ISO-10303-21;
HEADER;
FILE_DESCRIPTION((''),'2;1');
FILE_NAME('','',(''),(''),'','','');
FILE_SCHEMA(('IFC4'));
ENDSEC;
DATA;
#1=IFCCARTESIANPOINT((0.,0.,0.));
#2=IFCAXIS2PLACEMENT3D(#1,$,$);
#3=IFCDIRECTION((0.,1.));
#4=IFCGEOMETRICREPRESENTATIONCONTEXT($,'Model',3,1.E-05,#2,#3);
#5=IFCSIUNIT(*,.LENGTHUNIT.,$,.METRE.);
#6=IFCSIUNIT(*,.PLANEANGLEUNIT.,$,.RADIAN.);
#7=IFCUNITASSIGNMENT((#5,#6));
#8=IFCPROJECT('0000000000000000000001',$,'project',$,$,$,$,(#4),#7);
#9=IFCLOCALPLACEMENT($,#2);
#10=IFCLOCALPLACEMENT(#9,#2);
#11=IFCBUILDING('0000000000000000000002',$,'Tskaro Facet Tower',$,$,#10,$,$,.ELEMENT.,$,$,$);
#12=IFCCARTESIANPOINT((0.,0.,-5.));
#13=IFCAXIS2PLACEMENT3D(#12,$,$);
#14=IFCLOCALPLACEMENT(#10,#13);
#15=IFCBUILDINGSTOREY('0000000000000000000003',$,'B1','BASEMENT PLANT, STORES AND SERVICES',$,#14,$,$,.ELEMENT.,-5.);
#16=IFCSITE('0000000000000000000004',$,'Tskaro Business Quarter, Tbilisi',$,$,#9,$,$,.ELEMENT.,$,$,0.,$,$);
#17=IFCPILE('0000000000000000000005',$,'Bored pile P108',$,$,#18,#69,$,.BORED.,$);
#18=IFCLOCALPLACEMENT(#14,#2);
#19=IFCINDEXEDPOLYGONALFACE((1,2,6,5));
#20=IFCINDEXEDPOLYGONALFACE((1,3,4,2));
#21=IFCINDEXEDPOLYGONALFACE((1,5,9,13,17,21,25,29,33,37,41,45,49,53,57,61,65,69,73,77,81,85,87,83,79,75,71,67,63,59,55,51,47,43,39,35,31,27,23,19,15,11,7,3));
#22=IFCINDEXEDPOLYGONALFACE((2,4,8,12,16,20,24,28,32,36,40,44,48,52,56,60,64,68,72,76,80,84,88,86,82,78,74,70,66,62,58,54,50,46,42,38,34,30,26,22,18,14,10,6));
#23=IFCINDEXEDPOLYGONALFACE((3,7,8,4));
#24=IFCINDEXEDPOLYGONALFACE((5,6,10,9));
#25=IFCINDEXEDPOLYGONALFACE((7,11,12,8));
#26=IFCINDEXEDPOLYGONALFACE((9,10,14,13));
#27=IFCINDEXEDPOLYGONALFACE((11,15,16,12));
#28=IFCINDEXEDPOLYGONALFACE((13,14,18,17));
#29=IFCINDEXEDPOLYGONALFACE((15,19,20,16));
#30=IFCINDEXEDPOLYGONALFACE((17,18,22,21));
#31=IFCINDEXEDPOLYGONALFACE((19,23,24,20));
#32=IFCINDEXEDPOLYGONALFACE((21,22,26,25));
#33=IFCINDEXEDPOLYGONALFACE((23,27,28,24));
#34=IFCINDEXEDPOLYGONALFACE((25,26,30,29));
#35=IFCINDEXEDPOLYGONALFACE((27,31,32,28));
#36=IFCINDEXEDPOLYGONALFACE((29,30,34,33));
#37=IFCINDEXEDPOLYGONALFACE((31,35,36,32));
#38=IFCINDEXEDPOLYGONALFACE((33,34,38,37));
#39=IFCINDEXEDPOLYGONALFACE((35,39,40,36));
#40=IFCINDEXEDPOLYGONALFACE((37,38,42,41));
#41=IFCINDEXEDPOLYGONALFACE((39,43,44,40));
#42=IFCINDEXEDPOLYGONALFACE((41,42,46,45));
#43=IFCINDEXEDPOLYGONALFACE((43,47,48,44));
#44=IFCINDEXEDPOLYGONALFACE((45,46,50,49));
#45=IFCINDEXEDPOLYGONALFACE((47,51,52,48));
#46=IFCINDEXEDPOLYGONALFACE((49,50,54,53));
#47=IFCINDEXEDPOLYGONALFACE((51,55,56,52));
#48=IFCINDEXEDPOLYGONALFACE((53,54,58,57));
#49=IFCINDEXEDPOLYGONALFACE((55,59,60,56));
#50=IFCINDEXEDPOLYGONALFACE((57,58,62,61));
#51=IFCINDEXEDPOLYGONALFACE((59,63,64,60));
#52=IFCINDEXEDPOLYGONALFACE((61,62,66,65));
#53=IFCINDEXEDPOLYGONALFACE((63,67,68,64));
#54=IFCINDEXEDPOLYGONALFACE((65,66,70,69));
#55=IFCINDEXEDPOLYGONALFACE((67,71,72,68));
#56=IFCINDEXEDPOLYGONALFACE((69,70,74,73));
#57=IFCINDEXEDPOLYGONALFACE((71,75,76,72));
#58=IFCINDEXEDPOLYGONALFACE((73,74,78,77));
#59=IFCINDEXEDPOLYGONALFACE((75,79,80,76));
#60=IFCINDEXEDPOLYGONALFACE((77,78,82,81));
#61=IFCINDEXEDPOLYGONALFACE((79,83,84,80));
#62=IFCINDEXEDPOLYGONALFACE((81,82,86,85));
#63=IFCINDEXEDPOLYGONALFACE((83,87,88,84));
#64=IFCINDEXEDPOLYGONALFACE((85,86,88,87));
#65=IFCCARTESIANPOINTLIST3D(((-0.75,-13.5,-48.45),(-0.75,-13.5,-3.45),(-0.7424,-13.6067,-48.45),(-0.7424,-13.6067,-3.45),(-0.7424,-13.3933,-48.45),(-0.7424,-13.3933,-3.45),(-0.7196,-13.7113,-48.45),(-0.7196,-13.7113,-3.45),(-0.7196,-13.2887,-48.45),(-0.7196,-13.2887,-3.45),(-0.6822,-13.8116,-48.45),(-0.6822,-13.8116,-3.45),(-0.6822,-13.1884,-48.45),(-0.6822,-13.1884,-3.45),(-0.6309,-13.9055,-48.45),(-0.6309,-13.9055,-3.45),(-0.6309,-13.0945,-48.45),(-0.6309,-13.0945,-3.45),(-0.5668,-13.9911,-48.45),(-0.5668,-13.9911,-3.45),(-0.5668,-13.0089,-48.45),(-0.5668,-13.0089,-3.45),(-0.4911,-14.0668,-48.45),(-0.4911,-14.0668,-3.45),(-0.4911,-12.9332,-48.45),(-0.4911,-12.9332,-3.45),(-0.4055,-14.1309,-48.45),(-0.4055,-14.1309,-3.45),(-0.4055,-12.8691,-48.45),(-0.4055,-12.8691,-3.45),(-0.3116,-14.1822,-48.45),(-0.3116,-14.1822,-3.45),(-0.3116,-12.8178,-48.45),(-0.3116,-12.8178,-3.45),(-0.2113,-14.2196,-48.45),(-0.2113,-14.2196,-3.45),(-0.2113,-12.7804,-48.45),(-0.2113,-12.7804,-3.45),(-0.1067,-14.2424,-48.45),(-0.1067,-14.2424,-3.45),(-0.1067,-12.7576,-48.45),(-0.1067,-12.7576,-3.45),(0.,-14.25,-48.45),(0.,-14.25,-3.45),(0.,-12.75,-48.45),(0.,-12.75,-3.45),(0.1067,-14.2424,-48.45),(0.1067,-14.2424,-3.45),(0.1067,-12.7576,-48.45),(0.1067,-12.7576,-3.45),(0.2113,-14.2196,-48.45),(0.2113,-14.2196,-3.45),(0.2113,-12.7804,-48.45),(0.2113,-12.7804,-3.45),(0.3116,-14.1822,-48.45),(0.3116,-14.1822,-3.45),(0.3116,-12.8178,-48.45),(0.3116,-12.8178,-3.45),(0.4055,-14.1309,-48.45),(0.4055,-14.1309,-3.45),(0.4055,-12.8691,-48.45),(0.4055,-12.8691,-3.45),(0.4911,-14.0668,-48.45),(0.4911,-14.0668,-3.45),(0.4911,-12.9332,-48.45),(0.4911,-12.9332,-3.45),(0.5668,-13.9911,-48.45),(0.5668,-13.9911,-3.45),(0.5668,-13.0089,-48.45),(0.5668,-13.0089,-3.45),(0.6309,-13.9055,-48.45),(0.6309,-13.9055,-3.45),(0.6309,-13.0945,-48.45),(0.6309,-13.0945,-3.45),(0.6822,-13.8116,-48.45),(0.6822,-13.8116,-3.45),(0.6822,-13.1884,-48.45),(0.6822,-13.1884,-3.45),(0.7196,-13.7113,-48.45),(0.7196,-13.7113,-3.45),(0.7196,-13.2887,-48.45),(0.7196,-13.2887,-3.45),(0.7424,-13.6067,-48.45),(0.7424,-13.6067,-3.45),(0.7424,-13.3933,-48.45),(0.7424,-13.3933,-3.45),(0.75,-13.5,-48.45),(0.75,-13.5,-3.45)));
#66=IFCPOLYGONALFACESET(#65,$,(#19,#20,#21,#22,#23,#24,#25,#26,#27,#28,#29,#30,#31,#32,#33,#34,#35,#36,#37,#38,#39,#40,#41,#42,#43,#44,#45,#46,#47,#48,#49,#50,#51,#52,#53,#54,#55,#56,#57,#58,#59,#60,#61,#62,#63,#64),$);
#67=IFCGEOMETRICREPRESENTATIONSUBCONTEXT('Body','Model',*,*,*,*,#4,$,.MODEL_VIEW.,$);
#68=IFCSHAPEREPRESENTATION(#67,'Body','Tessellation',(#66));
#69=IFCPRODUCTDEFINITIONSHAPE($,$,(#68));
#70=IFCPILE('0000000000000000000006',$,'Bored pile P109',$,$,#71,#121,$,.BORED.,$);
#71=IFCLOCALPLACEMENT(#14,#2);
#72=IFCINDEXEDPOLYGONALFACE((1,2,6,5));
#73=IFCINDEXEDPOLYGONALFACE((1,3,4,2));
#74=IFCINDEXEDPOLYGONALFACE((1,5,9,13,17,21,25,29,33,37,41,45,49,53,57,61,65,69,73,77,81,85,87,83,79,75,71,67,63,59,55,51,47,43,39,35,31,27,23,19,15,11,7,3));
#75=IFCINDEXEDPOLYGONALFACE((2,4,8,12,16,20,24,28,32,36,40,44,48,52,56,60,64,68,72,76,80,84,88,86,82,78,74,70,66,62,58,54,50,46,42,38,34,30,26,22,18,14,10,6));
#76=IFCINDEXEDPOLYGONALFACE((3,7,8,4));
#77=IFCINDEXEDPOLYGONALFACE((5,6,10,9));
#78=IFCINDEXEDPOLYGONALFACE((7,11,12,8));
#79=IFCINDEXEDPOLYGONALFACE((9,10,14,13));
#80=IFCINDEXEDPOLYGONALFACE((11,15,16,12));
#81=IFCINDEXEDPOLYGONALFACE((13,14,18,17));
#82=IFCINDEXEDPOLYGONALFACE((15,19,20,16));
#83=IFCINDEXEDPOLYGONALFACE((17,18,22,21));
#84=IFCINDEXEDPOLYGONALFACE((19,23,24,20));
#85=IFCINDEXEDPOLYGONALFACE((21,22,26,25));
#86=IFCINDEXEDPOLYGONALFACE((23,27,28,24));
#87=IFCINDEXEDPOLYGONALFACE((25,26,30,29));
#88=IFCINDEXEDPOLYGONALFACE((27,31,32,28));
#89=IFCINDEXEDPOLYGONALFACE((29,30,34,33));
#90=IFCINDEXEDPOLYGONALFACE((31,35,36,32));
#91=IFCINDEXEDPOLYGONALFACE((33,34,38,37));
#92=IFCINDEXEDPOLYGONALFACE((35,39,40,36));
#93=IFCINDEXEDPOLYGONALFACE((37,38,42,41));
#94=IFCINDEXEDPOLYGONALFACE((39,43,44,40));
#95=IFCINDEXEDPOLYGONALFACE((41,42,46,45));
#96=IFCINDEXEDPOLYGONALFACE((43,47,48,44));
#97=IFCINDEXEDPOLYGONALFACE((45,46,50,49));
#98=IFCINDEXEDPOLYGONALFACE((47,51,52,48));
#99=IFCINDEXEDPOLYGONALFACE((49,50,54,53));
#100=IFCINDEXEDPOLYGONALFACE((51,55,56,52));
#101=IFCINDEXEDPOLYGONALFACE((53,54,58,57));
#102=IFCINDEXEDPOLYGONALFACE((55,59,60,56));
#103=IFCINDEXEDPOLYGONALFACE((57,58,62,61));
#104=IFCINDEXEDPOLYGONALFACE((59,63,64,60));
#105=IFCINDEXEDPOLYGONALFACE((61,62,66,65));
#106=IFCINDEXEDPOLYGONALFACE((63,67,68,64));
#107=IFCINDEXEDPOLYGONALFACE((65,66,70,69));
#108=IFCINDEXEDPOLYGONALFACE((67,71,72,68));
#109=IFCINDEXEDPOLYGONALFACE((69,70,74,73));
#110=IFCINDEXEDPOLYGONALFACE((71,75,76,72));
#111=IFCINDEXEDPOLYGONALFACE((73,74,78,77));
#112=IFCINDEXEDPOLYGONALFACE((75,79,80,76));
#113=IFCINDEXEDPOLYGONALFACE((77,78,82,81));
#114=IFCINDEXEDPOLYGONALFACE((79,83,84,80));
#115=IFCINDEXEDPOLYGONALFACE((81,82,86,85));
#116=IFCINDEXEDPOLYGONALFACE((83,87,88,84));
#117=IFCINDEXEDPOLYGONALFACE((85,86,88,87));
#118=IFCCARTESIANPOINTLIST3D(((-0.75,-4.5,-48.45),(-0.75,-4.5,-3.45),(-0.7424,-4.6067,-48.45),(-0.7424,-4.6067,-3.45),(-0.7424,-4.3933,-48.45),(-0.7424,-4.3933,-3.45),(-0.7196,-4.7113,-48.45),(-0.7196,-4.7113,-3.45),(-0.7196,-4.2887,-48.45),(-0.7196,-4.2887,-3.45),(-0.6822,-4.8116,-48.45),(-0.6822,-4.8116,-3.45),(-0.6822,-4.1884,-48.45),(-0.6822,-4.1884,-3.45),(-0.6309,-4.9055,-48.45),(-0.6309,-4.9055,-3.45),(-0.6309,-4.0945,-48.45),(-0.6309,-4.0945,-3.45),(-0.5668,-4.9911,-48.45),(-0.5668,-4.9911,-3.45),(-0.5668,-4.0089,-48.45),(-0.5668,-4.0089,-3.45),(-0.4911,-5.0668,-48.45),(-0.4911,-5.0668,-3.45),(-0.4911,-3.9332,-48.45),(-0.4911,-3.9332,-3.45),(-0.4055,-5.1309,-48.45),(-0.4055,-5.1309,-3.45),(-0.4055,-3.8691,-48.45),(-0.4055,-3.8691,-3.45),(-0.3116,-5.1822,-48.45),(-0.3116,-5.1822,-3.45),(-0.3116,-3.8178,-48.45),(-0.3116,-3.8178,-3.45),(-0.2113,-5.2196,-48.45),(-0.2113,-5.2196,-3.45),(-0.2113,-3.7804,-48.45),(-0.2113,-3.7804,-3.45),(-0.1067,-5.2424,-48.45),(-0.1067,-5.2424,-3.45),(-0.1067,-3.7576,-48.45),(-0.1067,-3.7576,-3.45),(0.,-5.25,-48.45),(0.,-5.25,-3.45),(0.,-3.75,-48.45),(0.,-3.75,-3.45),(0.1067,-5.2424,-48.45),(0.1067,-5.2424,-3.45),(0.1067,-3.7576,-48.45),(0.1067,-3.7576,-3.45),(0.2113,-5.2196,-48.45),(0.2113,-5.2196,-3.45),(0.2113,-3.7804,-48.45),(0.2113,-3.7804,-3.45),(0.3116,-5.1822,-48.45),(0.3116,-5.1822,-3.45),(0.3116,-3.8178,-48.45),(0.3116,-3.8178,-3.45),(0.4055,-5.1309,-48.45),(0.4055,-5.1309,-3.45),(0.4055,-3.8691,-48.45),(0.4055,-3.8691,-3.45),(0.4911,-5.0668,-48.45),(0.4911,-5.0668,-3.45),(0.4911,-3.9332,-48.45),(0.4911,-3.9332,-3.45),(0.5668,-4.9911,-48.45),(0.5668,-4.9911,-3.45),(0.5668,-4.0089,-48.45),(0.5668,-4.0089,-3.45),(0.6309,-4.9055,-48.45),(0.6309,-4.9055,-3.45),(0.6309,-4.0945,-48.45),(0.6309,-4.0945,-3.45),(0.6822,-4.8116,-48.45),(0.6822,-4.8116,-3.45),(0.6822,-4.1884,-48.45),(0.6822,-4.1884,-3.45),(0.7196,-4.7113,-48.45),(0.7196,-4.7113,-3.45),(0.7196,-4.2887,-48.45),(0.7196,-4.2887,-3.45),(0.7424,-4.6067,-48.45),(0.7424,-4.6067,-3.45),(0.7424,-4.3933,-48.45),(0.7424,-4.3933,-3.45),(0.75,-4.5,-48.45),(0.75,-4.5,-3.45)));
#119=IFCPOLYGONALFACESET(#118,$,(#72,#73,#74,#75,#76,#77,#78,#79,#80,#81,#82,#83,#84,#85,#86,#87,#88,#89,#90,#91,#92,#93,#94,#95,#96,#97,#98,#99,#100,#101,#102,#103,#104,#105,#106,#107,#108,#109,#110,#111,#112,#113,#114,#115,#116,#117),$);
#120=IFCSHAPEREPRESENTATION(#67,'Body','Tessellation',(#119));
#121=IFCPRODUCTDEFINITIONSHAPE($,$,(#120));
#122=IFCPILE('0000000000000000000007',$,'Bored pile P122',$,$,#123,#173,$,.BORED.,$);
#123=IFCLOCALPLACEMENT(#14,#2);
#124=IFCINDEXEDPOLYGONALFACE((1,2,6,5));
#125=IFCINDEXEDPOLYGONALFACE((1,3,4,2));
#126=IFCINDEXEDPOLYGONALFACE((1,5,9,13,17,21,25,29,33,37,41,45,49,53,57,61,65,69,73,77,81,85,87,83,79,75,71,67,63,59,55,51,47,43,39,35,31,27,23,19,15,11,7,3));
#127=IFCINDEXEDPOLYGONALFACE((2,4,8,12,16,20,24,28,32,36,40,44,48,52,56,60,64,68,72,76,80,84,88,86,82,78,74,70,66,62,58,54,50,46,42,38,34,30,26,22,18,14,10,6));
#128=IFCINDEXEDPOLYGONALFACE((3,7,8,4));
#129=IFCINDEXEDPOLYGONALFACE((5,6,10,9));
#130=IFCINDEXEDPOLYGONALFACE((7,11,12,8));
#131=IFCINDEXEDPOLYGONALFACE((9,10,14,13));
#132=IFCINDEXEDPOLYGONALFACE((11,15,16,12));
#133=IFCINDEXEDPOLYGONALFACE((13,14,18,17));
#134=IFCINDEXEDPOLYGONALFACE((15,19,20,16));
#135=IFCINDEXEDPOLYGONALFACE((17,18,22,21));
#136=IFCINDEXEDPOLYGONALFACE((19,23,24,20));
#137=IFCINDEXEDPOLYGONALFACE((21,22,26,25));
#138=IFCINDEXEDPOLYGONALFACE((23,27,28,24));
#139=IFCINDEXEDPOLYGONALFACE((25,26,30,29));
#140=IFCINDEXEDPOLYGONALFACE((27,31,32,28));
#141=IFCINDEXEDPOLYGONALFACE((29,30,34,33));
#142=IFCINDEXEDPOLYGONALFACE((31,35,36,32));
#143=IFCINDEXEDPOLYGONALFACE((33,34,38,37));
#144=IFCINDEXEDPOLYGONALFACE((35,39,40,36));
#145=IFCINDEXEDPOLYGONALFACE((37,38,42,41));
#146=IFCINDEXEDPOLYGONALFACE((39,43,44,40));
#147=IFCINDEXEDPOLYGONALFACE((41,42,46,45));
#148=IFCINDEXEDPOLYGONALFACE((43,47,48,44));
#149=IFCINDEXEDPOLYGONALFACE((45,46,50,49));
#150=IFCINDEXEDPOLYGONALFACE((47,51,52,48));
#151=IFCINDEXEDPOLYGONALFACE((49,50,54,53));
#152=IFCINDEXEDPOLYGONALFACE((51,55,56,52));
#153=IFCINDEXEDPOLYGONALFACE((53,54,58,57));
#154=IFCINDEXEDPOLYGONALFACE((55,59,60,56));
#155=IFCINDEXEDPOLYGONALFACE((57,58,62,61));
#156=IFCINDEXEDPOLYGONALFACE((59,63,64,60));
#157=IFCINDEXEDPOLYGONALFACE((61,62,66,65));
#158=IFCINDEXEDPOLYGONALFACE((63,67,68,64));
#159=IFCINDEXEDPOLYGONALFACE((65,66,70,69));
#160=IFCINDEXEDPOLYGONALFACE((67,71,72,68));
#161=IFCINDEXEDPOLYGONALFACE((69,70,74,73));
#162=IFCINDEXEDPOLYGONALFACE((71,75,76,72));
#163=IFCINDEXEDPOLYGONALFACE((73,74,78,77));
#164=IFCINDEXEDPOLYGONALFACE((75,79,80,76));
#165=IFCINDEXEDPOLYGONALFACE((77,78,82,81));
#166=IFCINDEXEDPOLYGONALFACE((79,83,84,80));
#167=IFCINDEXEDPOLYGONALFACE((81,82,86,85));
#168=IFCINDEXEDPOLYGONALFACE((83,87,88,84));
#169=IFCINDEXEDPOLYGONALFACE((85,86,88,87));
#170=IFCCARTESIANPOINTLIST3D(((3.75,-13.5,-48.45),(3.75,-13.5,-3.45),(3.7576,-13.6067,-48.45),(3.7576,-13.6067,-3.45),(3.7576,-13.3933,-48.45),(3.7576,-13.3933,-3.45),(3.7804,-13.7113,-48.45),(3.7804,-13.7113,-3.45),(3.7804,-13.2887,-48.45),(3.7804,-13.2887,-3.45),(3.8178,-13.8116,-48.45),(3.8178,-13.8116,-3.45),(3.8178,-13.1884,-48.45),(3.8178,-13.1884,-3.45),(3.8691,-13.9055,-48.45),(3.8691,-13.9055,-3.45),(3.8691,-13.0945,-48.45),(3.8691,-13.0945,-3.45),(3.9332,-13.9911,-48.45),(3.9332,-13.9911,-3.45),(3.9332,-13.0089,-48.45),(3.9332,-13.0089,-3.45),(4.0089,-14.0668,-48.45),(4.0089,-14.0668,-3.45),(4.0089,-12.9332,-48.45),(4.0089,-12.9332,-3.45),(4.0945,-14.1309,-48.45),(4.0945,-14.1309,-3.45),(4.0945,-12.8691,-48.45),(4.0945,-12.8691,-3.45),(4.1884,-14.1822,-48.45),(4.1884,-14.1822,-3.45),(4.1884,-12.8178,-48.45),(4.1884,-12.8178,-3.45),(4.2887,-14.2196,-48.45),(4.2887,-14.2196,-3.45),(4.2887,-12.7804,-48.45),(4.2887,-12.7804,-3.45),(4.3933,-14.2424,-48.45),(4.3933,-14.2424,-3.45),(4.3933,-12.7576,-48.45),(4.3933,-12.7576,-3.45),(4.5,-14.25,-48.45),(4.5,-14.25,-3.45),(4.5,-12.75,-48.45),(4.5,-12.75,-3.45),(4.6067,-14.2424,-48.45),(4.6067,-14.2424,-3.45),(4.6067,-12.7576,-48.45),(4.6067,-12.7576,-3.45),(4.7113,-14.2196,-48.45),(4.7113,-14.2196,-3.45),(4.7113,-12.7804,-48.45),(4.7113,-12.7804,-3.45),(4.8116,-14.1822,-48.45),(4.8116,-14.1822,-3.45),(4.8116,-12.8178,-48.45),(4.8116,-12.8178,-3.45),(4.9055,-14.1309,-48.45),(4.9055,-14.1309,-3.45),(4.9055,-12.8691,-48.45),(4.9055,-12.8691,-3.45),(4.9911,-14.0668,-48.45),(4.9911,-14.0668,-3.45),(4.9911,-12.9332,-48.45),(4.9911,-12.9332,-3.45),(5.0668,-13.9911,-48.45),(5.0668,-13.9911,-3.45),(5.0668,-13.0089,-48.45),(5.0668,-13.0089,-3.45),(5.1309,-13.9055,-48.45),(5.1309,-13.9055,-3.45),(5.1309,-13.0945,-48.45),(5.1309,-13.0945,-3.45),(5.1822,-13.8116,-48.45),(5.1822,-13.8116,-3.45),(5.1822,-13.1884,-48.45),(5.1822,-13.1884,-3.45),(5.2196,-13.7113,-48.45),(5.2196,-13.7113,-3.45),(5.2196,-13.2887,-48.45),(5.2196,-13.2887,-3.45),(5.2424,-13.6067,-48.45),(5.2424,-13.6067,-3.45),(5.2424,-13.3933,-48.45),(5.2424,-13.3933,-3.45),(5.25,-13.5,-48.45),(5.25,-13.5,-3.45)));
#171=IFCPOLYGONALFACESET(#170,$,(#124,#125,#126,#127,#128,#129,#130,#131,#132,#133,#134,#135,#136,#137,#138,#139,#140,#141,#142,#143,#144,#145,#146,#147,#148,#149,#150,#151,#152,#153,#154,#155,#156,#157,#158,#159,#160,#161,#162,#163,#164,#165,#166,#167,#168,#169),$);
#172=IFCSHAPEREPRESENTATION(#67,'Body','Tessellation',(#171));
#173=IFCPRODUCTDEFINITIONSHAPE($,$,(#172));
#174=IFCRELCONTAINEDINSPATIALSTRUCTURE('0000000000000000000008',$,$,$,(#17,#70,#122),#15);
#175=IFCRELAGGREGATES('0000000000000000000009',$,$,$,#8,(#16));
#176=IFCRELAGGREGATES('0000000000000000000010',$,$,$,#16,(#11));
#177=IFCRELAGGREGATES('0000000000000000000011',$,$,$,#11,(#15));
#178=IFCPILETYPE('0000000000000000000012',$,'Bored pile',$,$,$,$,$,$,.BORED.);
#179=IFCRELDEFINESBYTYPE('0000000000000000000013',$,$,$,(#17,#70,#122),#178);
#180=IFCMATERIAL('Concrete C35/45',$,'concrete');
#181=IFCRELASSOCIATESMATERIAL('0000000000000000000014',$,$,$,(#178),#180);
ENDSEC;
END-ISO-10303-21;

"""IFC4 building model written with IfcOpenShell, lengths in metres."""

from ifc_helpers import new_model, si_unit, direction, frame, origin, origin_2d, place, context, subcontext, project, spatial, circle, extrude, material, material_profile, profile_set, type_object, element, save


model = new_model("IFC4")

# Units and contexts
model_context = context("Model", 3, precision=1e-05, world=origin(), true_north=direction((0.0, 1.0)))
body_context = subcontext(model_context, "Body", "Model", "MODEL_VIEW")
ifc_project = project(units=[si_unit("LENGTHUNIT", "METRE"), si_unit("PLANEANGLEUNIT", "RADIAN")], contexts=[model_context])

# Site, building, storey
site_placement = place(None, origin())
site = spatial("IfcSite", under=ifc_project, at=site_placement, Name="Tskaro Business Quarter, Tbilisi", CompositionType="ELEMENT", RefElevation=0.0)
building_placement = place(site_placement, origin())
building = spatial("IfcBuilding", under=site, at=building_placement, Name="Tskaro Facet Tower", CompositionType="ELEMENT")
storey_placement = place(building_placement, frame((0.0, 0.0, -5.0)))
storey = spatial("IfcBuildingStorey", under=building, at=storey_placement, Name="B1", Description="BASEMENT PLANT, STORES AND SERVICES", CompositionType="ELEMENT", Elevation=-5.0)

# Piles
ifc_material_1 = material(Name="Concrete C35/45", Category="concrete")
ifc_material_profile = material_profile(ifc_material_1, circle(Radius=0.75, at=origin_2d()), Name="Bored pile")
ifc_profile_set = profile_set([ifc_material_profile], Name="Concrete C35/45")
pile_type = type_object("IfcPileType", Name="Bored pile", PredefinedType="BORED", material=ifc_profile_set)
for number, where, z_axis, x_axis, name in (
    (1, (0.0, -13.5, -3.45), (0.0, 0.0, -1.0), (1.0, 0.0, 0.0), "Bored pile P108"),
    (2, (0.0, -4.5, -3.45), (0.0, 0.0, -1.0), (1.0, 0.0, 0.0), "Bored pile P109"),
    (3, (4.5, -13.5, -3.45), (0.0, 0.0, -1.0), (1.0, 0.0, 0.0), "Bored pile P122"),
):
    element("IfcPile", number, at=place(storey_placement, frame(where, z_axis=z_axis, x_axis=x_axis)), inside=storey, type_object=pile_type, Name=name, PredefinedType="BORED", context=body_context, shape_type="SweptSolid", body=[
        extrude(circle(Radius=0.75, at=origin_2d()), origin(), (0.0, 0.0, 1.0), 45.0),
    ])

save(model, "model.ifc")
